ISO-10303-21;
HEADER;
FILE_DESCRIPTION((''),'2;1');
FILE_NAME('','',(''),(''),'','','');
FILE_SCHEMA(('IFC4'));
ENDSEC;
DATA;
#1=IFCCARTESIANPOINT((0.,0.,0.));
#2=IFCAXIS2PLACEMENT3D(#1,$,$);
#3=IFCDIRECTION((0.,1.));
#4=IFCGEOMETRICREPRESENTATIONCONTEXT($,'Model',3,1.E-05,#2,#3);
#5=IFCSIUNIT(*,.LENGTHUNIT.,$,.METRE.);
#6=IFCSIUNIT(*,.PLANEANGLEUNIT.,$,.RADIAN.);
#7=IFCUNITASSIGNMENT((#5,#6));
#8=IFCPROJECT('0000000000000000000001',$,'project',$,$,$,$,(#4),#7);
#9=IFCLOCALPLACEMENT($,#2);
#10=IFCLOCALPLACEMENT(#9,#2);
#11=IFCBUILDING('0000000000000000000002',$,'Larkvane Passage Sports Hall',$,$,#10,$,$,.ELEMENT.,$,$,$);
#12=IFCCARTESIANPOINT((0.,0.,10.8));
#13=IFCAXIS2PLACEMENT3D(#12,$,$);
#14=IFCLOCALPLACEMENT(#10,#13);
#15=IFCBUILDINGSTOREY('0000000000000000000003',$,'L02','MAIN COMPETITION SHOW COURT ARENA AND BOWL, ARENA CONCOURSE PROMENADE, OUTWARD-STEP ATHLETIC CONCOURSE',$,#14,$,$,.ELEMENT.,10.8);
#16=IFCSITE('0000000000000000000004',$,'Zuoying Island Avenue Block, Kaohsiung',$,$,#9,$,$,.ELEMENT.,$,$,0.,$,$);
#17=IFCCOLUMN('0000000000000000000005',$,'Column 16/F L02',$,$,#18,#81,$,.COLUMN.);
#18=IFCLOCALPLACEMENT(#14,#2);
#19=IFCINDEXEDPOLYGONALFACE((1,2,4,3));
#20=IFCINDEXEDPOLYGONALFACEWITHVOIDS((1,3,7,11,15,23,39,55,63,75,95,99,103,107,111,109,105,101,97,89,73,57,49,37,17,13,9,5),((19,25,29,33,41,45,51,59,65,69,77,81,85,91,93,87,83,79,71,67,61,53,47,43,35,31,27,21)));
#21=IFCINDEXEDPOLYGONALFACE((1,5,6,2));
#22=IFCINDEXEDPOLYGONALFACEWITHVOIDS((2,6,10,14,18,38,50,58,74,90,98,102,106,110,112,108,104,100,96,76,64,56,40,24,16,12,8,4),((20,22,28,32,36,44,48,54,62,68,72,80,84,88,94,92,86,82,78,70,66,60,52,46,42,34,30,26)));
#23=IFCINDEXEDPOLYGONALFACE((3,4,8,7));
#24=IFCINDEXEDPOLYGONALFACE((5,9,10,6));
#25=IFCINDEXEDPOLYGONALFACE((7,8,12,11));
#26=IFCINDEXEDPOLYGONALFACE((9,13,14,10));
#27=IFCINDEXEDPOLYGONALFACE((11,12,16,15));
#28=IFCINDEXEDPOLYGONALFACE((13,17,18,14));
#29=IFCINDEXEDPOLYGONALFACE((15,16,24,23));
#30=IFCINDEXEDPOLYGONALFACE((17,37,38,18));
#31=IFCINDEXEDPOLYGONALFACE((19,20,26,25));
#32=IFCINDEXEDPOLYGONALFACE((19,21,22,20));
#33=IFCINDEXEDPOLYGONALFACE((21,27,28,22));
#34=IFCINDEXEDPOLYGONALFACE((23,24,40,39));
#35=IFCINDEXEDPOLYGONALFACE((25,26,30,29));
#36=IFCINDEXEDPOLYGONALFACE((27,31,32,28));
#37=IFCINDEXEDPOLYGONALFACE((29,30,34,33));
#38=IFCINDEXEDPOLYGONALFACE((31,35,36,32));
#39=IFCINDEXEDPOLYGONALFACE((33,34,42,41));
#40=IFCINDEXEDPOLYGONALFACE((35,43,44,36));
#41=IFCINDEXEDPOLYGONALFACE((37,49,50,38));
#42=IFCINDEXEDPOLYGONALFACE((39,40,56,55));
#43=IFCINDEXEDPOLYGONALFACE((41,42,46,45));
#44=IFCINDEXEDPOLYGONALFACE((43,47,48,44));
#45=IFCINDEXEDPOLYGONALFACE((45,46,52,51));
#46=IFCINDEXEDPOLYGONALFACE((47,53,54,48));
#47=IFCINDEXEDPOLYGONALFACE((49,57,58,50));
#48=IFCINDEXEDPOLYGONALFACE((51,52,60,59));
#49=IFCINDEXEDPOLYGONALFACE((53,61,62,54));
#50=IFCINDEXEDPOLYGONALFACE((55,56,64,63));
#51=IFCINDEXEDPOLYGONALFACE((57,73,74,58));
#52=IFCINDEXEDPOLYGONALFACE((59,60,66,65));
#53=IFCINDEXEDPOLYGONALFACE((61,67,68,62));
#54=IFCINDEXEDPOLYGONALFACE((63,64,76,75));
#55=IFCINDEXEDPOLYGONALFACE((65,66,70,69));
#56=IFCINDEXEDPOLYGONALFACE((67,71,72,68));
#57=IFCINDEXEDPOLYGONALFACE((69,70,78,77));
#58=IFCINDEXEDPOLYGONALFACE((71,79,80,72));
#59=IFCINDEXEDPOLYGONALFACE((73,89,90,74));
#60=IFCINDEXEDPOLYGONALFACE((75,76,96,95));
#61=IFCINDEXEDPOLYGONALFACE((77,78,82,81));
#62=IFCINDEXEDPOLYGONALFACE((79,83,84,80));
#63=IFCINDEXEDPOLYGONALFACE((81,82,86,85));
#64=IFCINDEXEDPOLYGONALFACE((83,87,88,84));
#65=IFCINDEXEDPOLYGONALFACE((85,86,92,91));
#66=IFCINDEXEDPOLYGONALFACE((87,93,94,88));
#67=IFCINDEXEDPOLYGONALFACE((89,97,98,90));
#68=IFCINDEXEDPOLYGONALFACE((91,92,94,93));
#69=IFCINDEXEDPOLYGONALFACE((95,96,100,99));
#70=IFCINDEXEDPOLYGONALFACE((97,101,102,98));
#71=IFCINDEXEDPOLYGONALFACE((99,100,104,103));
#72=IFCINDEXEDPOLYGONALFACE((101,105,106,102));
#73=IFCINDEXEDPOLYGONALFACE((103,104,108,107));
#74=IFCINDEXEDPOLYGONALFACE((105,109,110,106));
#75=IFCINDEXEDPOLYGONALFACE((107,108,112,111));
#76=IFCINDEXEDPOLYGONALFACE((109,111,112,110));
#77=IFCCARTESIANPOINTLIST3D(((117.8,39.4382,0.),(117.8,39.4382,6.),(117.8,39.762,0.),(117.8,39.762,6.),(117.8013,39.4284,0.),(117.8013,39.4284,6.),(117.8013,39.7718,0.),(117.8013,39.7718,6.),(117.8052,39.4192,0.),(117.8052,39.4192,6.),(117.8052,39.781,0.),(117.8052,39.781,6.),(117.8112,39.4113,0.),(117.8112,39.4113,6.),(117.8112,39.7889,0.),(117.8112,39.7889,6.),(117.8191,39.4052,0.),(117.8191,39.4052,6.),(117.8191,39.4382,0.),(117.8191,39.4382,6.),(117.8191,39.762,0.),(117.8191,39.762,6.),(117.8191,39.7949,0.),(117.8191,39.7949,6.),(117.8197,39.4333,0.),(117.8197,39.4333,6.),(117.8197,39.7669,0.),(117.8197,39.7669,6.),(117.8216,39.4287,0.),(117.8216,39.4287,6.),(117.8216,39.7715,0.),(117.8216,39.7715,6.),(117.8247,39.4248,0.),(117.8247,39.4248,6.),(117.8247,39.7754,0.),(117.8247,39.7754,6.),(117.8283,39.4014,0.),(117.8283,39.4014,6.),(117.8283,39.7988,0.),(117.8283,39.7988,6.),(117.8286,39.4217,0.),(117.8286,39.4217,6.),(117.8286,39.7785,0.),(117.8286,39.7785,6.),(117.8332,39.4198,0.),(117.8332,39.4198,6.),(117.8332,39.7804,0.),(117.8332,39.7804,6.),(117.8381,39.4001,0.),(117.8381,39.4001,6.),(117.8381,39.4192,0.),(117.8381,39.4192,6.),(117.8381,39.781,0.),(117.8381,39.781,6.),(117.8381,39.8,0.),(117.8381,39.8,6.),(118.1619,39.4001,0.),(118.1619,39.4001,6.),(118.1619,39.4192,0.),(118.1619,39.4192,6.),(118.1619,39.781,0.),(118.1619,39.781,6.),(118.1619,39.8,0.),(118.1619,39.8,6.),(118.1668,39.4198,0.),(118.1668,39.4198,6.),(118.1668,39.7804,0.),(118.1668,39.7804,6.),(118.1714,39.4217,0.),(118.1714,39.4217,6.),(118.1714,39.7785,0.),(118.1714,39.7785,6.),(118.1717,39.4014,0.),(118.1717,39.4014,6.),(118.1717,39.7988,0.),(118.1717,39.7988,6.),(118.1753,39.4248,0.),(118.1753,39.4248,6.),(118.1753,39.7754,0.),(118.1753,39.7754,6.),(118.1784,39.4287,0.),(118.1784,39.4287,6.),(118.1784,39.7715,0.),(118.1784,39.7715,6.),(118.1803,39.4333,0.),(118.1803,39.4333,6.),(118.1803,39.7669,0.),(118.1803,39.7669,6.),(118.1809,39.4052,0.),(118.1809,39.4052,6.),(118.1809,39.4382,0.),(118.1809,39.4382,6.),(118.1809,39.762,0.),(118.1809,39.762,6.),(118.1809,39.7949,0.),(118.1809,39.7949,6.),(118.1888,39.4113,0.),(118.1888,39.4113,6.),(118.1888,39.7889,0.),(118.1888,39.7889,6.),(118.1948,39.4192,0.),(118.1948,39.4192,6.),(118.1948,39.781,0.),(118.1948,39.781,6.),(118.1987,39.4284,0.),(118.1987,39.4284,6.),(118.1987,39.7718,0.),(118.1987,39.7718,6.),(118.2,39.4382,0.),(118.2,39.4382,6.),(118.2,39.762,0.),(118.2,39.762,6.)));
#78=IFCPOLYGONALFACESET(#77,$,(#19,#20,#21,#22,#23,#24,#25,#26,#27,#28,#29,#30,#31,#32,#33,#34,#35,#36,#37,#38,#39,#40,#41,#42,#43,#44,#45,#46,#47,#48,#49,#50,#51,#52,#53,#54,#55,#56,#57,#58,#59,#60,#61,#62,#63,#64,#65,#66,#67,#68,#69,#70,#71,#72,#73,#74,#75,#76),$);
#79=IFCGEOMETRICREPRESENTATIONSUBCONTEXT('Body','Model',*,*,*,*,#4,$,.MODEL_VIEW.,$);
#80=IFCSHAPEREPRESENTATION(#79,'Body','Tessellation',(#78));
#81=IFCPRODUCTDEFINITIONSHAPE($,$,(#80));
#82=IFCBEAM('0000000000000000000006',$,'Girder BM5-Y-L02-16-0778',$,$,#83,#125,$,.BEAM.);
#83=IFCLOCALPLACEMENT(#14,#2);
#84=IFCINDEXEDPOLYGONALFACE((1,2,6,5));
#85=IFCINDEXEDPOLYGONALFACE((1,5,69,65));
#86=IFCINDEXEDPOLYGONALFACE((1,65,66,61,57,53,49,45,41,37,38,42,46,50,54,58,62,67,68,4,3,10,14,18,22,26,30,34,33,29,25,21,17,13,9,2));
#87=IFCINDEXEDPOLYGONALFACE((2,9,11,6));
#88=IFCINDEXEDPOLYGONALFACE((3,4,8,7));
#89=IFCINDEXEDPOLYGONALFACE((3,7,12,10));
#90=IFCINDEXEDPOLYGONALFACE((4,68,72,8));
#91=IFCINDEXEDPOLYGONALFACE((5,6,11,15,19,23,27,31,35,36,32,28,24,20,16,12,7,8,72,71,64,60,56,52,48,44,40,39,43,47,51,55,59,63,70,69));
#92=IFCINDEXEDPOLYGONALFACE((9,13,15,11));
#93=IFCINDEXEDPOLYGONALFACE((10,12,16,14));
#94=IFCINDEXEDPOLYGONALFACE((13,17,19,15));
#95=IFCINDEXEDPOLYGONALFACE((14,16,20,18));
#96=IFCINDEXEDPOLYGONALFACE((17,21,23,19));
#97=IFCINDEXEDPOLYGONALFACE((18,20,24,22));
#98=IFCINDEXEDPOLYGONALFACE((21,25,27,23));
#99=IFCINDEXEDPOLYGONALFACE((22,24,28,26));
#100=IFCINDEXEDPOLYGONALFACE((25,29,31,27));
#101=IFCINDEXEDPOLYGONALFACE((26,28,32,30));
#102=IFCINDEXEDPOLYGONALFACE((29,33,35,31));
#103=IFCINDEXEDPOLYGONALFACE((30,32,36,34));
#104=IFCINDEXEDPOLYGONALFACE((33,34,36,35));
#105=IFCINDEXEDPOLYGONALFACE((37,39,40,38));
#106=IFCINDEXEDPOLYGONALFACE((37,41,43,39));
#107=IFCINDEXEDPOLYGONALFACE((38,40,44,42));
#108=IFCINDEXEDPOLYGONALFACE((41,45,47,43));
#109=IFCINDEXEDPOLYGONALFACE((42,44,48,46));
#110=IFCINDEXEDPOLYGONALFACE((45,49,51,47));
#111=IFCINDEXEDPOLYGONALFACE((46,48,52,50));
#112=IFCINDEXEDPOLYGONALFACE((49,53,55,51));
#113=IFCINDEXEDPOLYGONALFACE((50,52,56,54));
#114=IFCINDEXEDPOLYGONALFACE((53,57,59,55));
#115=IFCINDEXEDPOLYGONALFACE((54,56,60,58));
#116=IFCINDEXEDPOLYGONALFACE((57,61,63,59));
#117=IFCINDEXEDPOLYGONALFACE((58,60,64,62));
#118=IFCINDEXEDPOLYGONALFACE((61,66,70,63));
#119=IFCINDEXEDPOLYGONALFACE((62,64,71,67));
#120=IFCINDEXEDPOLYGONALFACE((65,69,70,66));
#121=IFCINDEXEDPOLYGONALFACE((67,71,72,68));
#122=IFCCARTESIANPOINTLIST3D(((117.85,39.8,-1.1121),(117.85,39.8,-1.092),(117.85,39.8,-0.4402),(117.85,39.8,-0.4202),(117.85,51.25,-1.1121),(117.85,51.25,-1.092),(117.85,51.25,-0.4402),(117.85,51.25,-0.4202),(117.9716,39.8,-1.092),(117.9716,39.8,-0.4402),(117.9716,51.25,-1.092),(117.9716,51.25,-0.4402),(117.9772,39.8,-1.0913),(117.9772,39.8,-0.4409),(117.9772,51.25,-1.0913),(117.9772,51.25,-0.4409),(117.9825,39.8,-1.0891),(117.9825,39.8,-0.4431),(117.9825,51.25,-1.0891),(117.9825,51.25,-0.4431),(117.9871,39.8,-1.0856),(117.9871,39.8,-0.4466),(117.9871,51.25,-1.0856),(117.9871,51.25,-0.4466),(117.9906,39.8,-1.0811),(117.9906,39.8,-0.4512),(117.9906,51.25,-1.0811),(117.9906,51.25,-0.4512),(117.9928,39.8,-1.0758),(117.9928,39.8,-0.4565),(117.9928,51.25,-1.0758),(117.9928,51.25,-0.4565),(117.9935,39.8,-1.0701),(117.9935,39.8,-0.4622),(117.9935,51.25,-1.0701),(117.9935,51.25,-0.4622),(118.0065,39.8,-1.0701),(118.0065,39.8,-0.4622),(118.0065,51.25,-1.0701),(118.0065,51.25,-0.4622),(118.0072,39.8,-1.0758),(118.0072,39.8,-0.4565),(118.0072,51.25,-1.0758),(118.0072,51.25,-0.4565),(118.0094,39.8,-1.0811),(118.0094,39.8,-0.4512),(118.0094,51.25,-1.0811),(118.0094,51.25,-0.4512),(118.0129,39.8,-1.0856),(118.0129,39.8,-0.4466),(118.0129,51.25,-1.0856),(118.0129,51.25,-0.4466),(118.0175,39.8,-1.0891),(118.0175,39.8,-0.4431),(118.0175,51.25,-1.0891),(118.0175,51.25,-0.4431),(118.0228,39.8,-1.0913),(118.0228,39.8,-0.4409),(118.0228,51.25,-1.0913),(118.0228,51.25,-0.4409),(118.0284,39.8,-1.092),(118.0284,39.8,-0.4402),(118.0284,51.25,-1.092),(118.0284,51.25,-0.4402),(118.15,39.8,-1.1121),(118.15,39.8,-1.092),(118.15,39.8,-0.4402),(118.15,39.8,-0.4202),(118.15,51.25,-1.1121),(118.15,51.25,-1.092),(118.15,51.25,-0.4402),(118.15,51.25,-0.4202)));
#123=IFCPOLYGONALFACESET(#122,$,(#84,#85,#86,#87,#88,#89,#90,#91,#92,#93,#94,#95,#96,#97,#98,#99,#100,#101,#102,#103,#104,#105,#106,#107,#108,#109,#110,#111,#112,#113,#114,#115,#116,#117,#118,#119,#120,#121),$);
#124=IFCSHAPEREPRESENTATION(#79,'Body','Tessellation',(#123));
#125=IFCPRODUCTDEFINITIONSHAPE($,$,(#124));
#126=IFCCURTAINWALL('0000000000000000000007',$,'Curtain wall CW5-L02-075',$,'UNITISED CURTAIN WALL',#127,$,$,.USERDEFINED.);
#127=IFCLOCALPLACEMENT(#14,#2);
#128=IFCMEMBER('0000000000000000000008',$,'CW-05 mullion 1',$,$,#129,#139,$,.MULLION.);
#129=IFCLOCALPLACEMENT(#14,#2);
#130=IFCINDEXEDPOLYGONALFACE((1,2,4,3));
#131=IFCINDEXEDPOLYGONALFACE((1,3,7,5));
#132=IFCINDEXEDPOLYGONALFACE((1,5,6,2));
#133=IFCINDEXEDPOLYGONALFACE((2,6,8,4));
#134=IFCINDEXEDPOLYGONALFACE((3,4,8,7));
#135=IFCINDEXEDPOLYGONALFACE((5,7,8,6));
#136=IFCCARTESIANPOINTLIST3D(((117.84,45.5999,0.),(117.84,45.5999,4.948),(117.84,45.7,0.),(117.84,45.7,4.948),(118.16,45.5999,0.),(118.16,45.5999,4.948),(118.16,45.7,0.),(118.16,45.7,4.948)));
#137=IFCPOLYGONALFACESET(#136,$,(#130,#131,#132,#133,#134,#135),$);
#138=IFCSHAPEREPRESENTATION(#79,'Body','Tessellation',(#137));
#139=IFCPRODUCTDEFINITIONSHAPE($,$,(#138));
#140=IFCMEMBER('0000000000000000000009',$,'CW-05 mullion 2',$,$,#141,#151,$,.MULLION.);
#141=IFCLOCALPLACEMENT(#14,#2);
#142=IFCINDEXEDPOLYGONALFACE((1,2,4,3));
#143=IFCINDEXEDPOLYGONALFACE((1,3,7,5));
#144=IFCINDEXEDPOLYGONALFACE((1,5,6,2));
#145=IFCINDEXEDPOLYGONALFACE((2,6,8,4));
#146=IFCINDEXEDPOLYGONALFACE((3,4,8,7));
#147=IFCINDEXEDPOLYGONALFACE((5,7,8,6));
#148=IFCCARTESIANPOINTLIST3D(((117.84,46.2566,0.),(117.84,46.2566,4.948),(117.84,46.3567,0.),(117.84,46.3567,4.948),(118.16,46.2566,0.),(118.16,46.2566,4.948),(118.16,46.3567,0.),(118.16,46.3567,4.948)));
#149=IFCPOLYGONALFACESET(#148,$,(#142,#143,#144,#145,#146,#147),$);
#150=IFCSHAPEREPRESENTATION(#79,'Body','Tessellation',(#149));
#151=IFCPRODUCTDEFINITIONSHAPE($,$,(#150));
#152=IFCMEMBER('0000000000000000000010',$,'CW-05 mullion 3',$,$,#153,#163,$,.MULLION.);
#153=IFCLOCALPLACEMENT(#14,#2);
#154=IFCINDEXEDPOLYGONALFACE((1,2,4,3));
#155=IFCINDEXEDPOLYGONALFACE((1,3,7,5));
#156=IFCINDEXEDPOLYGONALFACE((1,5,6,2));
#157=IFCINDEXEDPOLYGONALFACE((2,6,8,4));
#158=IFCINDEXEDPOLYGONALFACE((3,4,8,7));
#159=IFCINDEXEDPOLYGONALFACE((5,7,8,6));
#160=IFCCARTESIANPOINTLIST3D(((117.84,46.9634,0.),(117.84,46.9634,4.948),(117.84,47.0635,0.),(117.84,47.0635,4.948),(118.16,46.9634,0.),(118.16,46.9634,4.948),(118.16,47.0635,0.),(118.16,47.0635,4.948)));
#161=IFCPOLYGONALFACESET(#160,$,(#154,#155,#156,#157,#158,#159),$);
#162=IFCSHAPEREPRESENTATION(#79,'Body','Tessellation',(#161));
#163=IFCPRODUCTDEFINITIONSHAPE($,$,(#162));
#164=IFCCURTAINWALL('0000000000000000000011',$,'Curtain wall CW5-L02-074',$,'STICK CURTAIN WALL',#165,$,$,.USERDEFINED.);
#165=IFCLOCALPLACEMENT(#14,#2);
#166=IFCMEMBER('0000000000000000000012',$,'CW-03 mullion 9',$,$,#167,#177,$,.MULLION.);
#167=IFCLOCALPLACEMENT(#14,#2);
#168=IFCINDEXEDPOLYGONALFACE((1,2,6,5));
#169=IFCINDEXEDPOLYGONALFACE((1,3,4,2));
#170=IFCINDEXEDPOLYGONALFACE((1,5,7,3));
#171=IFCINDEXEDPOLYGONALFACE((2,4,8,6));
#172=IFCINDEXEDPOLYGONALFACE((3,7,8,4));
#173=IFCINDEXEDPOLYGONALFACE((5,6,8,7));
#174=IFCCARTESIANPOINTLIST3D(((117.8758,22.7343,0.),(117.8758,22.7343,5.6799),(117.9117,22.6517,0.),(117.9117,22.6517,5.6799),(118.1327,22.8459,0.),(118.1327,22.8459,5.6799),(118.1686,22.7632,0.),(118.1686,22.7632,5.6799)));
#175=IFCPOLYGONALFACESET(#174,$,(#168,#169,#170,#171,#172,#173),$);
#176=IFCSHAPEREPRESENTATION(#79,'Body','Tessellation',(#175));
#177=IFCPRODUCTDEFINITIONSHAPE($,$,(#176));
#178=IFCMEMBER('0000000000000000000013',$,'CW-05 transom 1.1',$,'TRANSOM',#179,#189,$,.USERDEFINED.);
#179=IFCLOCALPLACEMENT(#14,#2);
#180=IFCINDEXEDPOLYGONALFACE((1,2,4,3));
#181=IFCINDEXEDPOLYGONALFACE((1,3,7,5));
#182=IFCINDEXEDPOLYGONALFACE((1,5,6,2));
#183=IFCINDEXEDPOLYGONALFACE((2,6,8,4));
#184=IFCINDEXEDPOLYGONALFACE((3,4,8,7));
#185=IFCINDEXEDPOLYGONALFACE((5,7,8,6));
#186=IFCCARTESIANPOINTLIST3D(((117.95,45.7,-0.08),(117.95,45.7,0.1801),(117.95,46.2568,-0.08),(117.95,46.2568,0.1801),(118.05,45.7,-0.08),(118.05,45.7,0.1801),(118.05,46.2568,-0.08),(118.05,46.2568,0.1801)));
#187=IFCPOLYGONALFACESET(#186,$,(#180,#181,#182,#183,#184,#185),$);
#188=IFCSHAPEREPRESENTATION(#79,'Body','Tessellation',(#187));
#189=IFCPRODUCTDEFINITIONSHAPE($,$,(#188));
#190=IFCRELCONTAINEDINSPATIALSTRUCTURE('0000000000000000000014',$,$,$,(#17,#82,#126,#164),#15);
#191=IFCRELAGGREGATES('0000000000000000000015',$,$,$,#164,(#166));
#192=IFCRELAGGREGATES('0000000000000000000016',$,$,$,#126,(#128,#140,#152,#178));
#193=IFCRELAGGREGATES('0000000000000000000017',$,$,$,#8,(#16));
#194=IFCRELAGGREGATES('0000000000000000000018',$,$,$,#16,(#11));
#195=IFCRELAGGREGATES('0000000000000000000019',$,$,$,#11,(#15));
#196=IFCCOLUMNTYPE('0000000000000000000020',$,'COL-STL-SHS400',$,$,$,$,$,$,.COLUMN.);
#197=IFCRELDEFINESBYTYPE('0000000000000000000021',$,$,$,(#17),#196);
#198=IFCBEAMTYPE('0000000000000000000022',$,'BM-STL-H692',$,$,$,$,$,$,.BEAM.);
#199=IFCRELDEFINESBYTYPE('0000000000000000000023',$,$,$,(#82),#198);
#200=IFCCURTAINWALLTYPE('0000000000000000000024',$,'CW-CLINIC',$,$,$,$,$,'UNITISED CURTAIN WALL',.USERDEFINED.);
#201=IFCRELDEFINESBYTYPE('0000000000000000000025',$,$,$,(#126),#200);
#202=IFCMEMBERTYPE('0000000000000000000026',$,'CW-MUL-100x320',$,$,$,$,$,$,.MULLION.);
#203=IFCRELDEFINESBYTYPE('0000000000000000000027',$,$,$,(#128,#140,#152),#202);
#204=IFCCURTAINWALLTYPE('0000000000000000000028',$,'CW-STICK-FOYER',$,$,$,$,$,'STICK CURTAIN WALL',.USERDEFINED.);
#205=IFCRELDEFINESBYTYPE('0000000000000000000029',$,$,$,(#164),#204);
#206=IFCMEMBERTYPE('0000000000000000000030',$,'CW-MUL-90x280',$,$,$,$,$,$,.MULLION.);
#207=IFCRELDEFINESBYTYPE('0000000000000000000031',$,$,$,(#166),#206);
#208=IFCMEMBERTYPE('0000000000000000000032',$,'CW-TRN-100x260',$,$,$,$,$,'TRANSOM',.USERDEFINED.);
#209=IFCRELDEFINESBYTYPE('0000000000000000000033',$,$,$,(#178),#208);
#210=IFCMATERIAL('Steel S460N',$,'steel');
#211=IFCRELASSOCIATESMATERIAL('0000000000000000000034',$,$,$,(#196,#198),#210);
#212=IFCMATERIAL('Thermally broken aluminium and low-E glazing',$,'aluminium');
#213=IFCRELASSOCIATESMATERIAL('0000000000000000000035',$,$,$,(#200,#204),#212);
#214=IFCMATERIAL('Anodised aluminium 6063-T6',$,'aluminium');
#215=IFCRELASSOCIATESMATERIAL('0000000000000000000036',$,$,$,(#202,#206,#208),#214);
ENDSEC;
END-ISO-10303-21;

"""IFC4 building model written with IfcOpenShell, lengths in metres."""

from ifc_helpers import new_model, si_unit, direction, frame, origin, origin_2d, place, context, subcontext, project, spatial, rectangle, hollow_rectangle, i_section, extrude, material, material_profile, profile_set, type_object, element, aggregate, save


model = new_model("IFC4")

# Units and contexts
model_context = context("Model", 3, precision=1e-05, world=origin(), true_north=direction((0.0, 1.0)))
body_context = subcontext(model_context, "Body", "Model", "MODEL_VIEW")
ifc_project = project(units=[si_unit("LENGTHUNIT", "METRE"), si_unit("PLANEANGLEUNIT", "RADIAN")], contexts=[model_context])

# Site, building, storey
site_placement = place(None, origin())
site = spatial("IfcSite", under=ifc_project, at=site_placement, Name="Zuoying Island Avenue Block, Kaohsiung", CompositionType="ELEMENT", RefElevation=0.0)
building_placement = place(site_placement, origin())
building = spatial("IfcBuilding", under=site, at=building_placement, Name="Larkvane Passage Sports Hall", CompositionType="ELEMENT")
storey_placement = place(building_placement, frame((0.0, 0.0, 10.8)))
storey = spatial("IfcBuildingStorey", under=building, at=storey_placement, Name="L02", Description="MAIN COMPETITION SHOW COURT ARENA AND BOWL, ARENA CONCOURSE PROMENADE, OUTWARD-STEP ATHLETIC CONCOURSE", CompositionType="ELEMENT", Elevation=10.8)

# Column
ifc_material_1 = material(Name="Steel S460N", Category="steel")
ifc_material_profile_1 = material_profile(ifc_material_1, hollow_rectangle(XDim=0.3999, YDim=0.3999, WallThickness=0.019, InnerFilletRadius=0.019, OuterFilletRadius=0.0381, at=origin_2d()), Name="SHS-400x400x19")
ifc_profile_set_1 = profile_set([ifc_material_profile_1], Name="Steel S460N")
column_type = type_object("IfcColumnType", Name="COL-STL-SHS400", PredefinedType="COLUMN", material=ifc_profile_set_1)
column_placement = place(storey_placement, frame((118.0, 39.6001, 0.0), z_axis=(0.0, 0.0, 1.0), x_axis=(1.0, 0.0, 0.0)))
element("IfcColumn", 1, at=column_placement, inside=storey, type_object=column_type, Name="Column 16/F L02", PredefinedType="COLUMN", context=body_context, shape_type="SweptSolid", body=[
    extrude(hollow_rectangle(XDim=0.3999, YDim=0.3999, WallThickness=0.019, InnerFilletRadius=0.019, OuterFilletRadius=0.0381, at=origin_2d()), origin(), (0.0, 0.0, 1.0), 6.0),
])

# Beam
ifc_material_profile_2 = material_profile(ifc_material_1, i_section(OverallWidth=0.3, OverallDepth=0.6919, WebThickness=0.0129, FlangeThickness=0.02, FilletRadius=0.022, at=origin_2d()), Name="H-692x300x13x20")
ifc_profile_set_2 = profile_set([ifc_material_profile_2], Name="Steel S460N")
beam_type = type_object("IfcBeamType", Name="BM-STL-H692", PredefinedType="BEAM", material=ifc_profile_set_2)
beam_placement = place(storey_placement, frame((118.0, 39.8, -0.7661), z_axis=(0.0, 1.0, 0.0), x_axis=(-1.0, 0.0, 0.0)))
element("IfcBeam", 2, at=beam_placement, inside=storey, type_object=beam_type, Name="Girder BM5-Y-L02-16-0778", PredefinedType="BEAM", context=body_context, shape_type="SweptSolid", body=[
    extrude(i_section(OverallWidth=0.3, OverallDepth=0.6919, WebThickness=0.0129, FlangeThickness=0.02, FilletRadius=0.022, at=origin_2d()), origin(), (0.0, 0.0, 1.0), 11.45),
])

# Curtain wall, members
ifc_material_2 = material(Name="Thermally broken aluminium and low-E glazing", Category="aluminium")
curtain_wall_type_1 = type_object("IfcCurtainWallType", Name="CW-CLINIC", ElementType="UNITISED CURTAIN WALL", PredefinedType="USERDEFINED", material=ifc_material_2)
curtain_wall_1_placement = place(storey_placement, origin())
curtain_wall_1 = element("IfcCurtainWall", 3, at=curtain_wall_1_placement, inside=storey, type_object=curtain_wall_type_1, Name="Curtain wall CW5-L02-075", ObjectType="UNITISED CURTAIN WALL", PredefinedType="USERDEFINED")
ifc_material_3 = material(Name="Anodised aluminium 6063-T6", Category="aluminium")
ifc_material_profile_3 = material_profile(ifc_material_3, rectangle(XDim=0.1001, YDim=0.3201, at=origin_2d()), Name="ALU-MUL-100x320")
ifc_profile_set_3 = profile_set([ifc_material_profile_3], Name="Anodised aluminium 6063-T6")
member_type_1 = type_object("IfcMemberType", Name="CW-MUL-100x320", PredefinedType="MULLION", material=ifc_profile_set_3)
member_1_placement = place(storey_placement, frame((118.0, 45.6499, 0.0), z_axis=(0.0, 0.0, 1.0), x_axis=(0.0, 1.0, 0.0)))
member_1 = element("IfcMember", 4, at=member_1_placement, type_object=member_type_1, Name="CW-05 mullion 1", PredefinedType="MULLION", context=body_context, shape_type="SweptSolid", body=[
    extrude(rectangle(XDim=0.1001, YDim=0.3201, at=origin_2d()), origin(), (0.0, 0.0, 1.0), 4.948),
])
member_2_placement = place(storey_placement, frame((118.0, 46.3066, 0.0), z_axis=(0.0, 0.0, 1.0), x_axis=(0.0, 1.0, 0.0)))
member_2 = element("IfcMember", 5, at=member_2_placement, type_object=member_type_1, Name="CW-05 mullion 2", PredefinedType="MULLION", context=body_context, shape_type="SweptSolid", body=[
    extrude(rectangle(XDim=0.1001, YDim=0.3201, at=origin_2d()), origin(), (0.0, 0.0, 1.0), 4.948),
])
member_3_placement = place(storey_placement, frame((118.0, 47.0134, 0.0), z_axis=(0.0, 0.0, 1.0), x_axis=(0.0, 1.0, 0.0)))
member_3 = element("IfcMember", 6, at=member_3_placement, type_object=member_type_1, Name="CW-05 mullion 3", PredefinedType="MULLION", context=body_context, shape_type="SweptSolid", body=[
    extrude(rectangle(XDim=0.1001, YDim=0.3201, at=origin_2d()), origin(), (0.0, 0.0, 1.0), 4.948),
])

# Curtain wall, member
curtain_wall_type_2 = type_object("IfcCurtainWallType", Name="CW-STICK-FOYER", ElementType="STICK CURTAIN WALL", PredefinedType="USERDEFINED", material=ifc_material_2)
curtain_wall_2_placement = place(storey_placement, origin())
curtain_wall_2 = element("IfcCurtainWall", 7, at=curtain_wall_2_placement, inside=storey, type_object=curtain_wall_type_2, Name="Curtain wall CW5-L02-074", ObjectType="STICK CURTAIN WALL", PredefinedType="USERDEFINED")
ifc_material_profile_4 = material_profile(ifc_material_3, rectangle(XDim=0.0901, YDim=0.28, at=origin_2d()), Name="ALU-MUL-90x280")
ifc_profile_set_4 = profile_set([ifc_material_profile_4], Name="Anodised aluminium 6063-T6")
member_type_2 = type_object("IfcMemberType", Name="CW-MUL-90x280", PredefinedType="MULLION", material=ifc_profile_set_4)
member_4_placement = place(storey_placement, frame((118.0222, 22.7488, 0.0), z_axis=(0.0, 0.0, 1.0), x_axis=(-0.398289, 0.91726, 0.0)))
member_4 = element("IfcMember", 8, at=member_4_placement, type_object=member_type_2, Name="CW-03 mullion 9", PredefinedType="MULLION", context=body_context, shape_type="SweptSolid", body=[
    extrude(rectangle(XDim=0.0901, YDim=0.28, at=origin_2d()), origin(), (0.0, 0.0, 1.0), 5.6799),
])
aggregate(curtain_wall_2, [member_4])

# Member
ifc_material_profile_5 = material_profile(ifc_material_3, rectangle(XDim=0.1001, YDim=0.26, at=origin_2d()), Name="ALU-TRN-100x260")
ifc_profile_set_5 = profile_set([ifc_material_profile_5], Name="Anodised aluminium 6063-T6")
member_type_3 = type_object("IfcMemberType", Name="CW-TRN-100x260", ElementType="TRANSOM", PredefinedType="USERDEFINED", material=ifc_profile_set_5)
member_5_placement = place(storey_placement, frame((118.0, 45.7, 0.05), z_axis=(0.0, 1.0, 0.0), x_axis=(-1.0, 0.0, 0.0)))
member_5 = element("IfcMember", 9, at=member_5_placement, type_object=member_type_3, Name="CW-05 transom 1.1", ObjectType="TRANSOM", PredefinedType="USERDEFINED", context=body_context, shape_type="SweptSolid", body=[
    extrude(rectangle(XDim=0.1001, YDim=0.26, at=origin_2d()), origin(), (0.0, 0.0, 1.0), 0.5569),
])

aggregate(curtain_wall_1, [member_1, member_2, member_3, member_5])

save(model, "model.ifc")
